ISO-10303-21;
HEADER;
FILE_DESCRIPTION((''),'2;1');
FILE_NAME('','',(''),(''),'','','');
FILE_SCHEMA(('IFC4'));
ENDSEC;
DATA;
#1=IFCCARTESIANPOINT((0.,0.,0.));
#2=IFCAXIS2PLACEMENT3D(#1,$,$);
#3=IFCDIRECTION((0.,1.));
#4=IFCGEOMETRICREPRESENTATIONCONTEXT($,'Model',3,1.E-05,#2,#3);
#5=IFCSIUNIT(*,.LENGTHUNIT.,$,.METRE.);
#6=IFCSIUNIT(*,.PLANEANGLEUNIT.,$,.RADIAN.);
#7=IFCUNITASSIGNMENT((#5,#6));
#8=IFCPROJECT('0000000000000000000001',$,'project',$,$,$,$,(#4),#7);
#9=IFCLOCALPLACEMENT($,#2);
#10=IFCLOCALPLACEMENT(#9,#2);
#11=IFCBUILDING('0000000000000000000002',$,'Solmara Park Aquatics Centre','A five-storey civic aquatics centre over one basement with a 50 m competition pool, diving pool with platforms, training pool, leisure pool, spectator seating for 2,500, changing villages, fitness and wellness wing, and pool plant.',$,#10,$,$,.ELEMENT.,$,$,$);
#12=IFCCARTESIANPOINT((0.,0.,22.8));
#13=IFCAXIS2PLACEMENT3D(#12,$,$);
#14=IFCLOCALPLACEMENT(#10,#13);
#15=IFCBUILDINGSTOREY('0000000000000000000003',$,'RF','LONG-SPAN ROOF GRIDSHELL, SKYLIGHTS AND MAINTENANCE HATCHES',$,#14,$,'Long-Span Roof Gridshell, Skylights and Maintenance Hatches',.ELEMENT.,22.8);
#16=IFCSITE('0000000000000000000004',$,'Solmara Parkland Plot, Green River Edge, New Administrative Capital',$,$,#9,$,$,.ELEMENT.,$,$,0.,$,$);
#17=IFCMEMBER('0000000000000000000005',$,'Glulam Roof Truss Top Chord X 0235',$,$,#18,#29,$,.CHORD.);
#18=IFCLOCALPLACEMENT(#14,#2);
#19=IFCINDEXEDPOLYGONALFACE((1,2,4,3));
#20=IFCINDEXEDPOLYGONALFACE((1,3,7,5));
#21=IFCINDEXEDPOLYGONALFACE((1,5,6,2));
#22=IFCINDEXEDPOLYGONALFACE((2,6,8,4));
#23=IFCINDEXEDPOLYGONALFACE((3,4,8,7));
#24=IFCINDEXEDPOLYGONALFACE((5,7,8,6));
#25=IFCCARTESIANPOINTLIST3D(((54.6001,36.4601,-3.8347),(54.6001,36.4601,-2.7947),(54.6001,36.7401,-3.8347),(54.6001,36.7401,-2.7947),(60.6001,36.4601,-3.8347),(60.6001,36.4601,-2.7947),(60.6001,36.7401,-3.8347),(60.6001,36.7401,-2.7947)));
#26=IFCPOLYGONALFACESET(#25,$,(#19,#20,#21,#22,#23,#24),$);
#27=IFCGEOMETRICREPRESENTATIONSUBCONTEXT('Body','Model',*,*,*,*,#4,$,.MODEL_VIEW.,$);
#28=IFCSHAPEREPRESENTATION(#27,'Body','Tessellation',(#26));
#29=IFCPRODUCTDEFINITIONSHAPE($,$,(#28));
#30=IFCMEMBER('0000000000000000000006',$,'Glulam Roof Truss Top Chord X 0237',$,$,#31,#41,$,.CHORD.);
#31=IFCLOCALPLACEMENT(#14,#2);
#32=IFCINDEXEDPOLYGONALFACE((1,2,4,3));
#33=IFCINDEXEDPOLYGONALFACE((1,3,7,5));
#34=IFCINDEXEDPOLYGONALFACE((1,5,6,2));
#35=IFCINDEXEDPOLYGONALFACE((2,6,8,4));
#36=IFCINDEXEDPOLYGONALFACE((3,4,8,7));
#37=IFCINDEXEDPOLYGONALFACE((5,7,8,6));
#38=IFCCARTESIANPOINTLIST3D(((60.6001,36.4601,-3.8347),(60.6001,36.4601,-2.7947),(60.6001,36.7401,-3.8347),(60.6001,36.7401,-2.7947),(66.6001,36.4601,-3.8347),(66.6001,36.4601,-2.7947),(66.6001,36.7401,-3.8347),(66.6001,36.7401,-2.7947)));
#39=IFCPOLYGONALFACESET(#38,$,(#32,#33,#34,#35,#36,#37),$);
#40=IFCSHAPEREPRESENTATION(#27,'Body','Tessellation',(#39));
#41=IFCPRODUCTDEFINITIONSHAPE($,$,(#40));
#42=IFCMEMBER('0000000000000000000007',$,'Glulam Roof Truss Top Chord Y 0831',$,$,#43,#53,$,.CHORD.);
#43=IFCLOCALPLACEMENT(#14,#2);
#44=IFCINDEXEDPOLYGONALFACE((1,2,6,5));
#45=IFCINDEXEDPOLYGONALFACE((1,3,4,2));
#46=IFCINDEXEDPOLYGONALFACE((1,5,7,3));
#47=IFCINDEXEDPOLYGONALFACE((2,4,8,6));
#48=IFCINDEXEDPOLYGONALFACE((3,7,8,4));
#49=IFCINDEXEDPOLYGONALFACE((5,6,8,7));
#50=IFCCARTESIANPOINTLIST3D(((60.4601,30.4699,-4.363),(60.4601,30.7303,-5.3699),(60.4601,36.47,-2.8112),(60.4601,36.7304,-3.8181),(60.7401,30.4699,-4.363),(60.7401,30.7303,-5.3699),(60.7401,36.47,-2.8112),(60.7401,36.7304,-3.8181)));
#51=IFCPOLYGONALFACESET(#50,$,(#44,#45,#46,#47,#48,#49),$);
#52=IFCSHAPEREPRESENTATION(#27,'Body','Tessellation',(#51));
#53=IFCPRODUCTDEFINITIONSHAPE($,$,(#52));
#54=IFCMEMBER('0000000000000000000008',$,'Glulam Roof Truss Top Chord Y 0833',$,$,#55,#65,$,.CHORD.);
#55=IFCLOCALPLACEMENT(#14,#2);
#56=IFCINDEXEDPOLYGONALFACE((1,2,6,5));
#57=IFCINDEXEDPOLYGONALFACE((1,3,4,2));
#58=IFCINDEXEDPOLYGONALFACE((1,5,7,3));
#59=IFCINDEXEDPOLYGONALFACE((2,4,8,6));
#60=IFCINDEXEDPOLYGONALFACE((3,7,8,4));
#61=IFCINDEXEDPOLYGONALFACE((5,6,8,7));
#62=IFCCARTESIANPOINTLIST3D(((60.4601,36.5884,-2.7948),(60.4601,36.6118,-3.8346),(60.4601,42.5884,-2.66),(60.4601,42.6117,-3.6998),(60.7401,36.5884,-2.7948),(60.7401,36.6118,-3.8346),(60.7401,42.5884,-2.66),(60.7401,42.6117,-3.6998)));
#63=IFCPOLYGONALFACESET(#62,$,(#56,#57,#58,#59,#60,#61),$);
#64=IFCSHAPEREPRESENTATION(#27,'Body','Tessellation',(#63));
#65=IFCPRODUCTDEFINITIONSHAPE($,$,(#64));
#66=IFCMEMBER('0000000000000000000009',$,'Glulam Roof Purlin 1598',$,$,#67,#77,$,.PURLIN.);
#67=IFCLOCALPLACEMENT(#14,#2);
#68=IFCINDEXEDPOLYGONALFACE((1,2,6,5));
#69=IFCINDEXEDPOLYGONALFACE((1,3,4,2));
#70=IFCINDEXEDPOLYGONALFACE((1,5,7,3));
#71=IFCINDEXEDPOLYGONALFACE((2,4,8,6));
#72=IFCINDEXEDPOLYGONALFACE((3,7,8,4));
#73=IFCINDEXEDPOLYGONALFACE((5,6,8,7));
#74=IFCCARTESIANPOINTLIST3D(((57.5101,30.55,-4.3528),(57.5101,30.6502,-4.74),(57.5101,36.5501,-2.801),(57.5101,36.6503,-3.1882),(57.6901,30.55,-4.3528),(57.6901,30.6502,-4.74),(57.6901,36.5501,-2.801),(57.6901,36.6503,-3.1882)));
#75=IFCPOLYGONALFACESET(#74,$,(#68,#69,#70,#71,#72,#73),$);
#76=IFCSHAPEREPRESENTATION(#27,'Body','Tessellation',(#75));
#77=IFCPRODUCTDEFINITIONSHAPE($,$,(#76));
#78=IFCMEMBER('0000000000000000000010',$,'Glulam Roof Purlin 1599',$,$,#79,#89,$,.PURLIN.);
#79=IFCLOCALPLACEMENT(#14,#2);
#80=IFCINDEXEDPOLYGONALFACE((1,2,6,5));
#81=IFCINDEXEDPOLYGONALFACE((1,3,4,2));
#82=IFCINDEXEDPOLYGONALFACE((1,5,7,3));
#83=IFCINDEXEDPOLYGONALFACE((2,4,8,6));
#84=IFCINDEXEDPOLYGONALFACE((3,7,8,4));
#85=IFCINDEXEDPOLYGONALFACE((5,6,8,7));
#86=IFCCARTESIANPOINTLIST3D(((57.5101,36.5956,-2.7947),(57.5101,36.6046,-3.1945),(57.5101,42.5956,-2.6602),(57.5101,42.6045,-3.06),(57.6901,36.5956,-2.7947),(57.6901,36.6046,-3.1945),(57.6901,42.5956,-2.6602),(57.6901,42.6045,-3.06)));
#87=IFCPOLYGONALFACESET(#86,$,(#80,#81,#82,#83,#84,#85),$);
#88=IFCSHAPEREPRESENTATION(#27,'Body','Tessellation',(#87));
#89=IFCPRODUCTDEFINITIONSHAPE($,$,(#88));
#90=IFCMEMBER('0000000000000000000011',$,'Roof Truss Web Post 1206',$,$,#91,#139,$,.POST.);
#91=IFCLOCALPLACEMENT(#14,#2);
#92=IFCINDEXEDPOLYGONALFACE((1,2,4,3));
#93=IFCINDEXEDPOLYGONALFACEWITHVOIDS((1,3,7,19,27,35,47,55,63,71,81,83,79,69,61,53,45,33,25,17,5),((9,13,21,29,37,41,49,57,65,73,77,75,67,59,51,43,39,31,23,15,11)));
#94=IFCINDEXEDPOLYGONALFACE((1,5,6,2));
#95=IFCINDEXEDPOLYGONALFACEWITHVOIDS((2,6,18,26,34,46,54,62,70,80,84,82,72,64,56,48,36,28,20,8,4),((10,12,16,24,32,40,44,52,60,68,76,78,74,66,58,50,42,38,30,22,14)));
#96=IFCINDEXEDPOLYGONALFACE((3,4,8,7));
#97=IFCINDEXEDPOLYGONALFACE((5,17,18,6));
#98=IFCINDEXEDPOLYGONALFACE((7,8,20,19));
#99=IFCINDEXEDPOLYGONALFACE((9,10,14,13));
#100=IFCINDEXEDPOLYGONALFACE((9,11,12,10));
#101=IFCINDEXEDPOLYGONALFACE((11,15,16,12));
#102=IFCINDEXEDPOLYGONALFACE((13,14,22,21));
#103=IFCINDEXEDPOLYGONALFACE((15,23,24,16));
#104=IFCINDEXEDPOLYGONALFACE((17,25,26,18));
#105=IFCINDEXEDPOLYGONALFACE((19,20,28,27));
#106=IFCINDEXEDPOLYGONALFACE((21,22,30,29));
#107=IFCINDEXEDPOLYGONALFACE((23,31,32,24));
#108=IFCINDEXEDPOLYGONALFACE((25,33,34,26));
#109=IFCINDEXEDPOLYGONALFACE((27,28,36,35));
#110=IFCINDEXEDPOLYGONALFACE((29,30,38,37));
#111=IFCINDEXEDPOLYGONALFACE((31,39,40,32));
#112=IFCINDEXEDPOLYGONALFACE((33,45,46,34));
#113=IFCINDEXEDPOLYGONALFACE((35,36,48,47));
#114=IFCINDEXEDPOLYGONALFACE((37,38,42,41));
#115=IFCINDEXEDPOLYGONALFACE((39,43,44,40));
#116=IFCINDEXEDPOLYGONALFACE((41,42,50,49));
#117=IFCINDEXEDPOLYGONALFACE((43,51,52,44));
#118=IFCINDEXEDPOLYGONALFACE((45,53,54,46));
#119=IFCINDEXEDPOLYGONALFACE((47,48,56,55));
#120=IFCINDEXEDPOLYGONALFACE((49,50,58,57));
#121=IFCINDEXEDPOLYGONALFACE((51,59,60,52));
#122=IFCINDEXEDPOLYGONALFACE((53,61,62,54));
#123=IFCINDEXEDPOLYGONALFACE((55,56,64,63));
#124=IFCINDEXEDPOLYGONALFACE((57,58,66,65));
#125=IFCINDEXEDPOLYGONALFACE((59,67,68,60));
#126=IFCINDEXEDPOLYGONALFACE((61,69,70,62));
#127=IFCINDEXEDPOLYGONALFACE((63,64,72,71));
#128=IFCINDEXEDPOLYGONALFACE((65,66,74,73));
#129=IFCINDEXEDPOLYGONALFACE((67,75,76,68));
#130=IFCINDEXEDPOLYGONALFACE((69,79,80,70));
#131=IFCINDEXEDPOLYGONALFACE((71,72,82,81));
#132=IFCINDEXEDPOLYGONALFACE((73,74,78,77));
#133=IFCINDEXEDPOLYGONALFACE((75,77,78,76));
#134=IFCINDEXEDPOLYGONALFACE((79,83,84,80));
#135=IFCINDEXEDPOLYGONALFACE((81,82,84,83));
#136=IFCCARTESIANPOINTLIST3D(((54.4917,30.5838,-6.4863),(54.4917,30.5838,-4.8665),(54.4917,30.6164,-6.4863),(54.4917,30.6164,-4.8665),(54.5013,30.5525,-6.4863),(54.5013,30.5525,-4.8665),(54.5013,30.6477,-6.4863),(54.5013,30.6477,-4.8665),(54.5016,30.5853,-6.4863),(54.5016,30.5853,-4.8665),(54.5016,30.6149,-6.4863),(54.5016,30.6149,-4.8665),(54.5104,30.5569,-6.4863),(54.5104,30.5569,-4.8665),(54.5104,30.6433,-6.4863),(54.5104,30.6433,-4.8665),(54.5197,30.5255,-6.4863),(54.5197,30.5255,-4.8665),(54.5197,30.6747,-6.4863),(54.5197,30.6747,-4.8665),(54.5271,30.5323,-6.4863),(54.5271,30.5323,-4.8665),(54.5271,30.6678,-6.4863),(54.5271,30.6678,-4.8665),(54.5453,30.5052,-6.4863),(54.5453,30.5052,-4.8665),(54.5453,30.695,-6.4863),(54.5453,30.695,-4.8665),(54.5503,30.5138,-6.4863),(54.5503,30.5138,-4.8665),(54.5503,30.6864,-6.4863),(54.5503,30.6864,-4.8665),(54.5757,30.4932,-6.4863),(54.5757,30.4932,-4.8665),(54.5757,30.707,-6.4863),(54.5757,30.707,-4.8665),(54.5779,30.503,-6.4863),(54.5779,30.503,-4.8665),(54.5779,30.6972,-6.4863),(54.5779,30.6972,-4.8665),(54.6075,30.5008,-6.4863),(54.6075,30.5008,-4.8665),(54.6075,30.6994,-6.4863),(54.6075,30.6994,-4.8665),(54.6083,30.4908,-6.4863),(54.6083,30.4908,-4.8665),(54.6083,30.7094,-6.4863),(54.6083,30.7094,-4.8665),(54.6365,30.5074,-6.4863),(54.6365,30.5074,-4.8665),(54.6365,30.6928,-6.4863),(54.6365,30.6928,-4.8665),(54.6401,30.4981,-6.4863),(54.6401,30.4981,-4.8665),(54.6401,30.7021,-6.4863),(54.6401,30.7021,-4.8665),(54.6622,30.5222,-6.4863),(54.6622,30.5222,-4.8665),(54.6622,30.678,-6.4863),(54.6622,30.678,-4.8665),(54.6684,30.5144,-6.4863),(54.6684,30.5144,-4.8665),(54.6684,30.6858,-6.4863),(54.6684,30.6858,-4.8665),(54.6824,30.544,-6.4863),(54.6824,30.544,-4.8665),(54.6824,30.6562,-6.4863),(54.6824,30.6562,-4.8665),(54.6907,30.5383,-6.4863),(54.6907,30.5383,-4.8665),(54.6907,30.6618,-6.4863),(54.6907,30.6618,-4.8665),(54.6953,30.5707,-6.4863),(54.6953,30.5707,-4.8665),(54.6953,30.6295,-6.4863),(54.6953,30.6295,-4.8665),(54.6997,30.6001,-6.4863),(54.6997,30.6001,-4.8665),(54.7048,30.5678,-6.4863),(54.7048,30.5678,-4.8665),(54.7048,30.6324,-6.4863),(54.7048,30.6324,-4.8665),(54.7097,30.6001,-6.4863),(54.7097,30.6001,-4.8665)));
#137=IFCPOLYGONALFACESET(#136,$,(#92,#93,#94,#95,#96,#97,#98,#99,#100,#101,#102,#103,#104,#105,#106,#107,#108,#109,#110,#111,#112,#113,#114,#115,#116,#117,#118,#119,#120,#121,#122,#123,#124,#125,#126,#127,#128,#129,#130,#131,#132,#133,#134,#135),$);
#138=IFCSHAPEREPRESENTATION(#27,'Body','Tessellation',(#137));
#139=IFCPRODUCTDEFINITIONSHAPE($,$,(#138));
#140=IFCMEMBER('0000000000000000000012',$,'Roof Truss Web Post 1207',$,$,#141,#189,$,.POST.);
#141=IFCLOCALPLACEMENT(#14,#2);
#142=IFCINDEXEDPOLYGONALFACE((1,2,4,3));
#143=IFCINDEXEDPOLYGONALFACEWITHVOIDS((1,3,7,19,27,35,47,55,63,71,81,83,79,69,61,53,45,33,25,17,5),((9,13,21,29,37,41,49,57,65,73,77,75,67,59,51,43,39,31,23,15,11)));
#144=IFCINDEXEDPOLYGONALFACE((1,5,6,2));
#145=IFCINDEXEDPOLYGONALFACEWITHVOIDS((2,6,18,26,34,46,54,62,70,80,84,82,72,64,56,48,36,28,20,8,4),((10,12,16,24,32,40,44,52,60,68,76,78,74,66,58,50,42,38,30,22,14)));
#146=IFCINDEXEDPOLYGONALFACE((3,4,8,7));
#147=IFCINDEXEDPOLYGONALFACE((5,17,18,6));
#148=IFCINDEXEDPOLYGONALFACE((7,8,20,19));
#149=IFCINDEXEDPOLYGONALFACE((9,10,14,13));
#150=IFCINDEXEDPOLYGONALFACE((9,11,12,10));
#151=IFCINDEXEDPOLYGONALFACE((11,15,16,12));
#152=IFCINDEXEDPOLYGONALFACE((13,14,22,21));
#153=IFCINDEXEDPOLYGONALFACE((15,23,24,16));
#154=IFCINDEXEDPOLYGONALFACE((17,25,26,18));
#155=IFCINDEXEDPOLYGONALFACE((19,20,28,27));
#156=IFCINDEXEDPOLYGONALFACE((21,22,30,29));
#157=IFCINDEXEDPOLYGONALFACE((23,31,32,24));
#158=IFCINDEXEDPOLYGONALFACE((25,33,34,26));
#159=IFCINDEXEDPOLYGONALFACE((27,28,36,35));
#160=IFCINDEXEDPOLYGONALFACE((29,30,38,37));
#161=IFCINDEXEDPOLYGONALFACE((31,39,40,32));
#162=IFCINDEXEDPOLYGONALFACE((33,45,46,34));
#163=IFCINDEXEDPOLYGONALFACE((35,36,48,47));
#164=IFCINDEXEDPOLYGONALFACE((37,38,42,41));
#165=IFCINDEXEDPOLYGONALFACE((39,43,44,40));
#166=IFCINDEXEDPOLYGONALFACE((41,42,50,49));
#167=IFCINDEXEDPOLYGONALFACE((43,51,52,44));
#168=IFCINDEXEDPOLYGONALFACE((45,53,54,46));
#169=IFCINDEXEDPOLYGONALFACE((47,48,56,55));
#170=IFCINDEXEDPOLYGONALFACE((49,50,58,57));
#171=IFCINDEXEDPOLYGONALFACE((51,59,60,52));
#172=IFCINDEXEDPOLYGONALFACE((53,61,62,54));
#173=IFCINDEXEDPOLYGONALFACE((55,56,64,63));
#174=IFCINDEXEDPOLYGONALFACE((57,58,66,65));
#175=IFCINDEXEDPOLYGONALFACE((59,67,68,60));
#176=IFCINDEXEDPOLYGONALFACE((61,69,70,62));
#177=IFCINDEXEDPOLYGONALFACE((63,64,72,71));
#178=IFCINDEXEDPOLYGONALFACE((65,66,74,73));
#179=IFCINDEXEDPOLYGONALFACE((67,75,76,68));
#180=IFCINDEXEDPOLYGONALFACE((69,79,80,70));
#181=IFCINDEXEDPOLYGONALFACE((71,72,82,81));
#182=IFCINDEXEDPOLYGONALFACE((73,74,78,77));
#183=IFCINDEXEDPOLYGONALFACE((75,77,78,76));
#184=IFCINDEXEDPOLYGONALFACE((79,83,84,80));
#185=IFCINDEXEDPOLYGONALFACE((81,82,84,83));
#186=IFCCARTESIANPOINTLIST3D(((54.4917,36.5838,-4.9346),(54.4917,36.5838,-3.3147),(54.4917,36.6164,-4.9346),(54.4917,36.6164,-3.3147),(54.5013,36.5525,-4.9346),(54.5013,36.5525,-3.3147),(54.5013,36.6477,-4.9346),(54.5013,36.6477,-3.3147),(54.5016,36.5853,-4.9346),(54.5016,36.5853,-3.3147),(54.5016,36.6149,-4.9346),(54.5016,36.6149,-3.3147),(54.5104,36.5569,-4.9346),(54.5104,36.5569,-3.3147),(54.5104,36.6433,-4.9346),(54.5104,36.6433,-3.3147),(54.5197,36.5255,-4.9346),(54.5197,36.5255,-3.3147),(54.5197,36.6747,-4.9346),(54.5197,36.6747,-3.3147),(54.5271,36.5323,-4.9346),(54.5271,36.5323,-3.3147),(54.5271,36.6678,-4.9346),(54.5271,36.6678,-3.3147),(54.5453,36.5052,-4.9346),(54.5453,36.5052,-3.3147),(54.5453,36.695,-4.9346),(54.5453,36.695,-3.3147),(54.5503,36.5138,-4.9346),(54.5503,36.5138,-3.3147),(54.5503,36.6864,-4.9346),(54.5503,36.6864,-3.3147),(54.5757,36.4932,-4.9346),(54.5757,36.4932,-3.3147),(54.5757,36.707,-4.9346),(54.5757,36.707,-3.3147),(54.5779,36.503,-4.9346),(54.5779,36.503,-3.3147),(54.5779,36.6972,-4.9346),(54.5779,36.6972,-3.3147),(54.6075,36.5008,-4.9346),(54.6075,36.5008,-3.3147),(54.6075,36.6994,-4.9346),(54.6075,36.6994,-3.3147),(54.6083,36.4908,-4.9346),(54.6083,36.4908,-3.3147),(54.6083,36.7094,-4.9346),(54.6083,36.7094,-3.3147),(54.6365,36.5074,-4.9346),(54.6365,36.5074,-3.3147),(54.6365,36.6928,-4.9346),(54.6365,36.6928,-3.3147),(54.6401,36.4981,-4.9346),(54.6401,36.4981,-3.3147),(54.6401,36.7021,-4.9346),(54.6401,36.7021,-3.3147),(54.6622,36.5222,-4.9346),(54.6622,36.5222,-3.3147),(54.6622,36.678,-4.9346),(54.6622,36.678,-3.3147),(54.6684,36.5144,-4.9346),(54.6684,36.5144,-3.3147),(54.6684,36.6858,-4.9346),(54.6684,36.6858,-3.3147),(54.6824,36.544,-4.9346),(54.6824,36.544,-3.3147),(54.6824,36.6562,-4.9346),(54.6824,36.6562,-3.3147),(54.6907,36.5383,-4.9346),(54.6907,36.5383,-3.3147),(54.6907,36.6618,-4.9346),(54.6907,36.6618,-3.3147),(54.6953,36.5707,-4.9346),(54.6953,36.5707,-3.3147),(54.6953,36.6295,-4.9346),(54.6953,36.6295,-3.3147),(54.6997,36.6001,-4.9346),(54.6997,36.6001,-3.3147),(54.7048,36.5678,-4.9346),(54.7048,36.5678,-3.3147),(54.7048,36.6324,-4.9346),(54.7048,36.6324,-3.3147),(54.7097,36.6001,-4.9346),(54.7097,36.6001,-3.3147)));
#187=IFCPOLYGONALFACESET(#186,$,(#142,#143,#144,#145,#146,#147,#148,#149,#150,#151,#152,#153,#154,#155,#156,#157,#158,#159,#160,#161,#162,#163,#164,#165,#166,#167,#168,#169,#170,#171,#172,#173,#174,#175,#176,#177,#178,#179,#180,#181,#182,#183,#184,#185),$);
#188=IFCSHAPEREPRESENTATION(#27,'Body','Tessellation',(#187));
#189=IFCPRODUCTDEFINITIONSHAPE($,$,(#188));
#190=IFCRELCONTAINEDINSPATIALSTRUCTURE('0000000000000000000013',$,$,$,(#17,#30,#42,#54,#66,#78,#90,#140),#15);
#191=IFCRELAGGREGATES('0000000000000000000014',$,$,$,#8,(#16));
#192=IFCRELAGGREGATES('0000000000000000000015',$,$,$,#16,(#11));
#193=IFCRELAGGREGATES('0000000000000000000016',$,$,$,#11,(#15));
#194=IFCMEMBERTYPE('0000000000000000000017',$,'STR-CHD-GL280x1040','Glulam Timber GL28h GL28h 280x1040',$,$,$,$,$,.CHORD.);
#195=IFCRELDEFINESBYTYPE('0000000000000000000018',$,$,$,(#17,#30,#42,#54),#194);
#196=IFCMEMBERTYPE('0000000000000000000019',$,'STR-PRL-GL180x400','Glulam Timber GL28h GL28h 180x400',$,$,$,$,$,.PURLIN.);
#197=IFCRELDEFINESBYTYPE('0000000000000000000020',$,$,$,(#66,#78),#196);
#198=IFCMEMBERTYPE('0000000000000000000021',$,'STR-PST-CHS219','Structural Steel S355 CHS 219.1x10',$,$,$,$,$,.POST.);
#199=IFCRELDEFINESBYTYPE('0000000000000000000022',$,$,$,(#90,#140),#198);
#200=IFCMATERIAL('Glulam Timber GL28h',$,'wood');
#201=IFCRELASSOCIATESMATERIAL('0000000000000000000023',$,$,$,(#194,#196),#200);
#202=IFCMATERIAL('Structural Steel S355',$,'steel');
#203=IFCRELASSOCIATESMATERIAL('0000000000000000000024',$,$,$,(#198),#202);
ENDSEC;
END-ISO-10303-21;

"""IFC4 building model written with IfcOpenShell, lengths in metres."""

from ifc_helpers import new_model, si_unit, direction, frame, origin, origin_2d, place, context, subcontext, project, spatial, rectangle, hollow_circle, extrude, material, material_profile, profile_set, type_object, element, save


model = new_model("IFC4")

# Units and contexts
model_context = context("Model", 3, precision=1e-05, world=origin(), true_north=direction((0.0, 1.0)))
body_context = subcontext(model_context, "Body", "Model", "MODEL_VIEW")
ifc_project = project(units=[si_unit("LENGTHUNIT", "METRE"), si_unit("PLANEANGLEUNIT", "RADIAN")], contexts=[model_context])

# Site, building, storey
site_placement = place(None, origin())
site = spatial("IfcSite", under=ifc_project, at=site_placement, Name="Solmara Parkland Plot, Green River Edge, New Administrative Capital", CompositionType="ELEMENT", RefElevation=0.0)
building_placement = place(site_placement, origin())
building = spatial("IfcBuilding", under=site, at=building_placement, Name="Solmara Park Aquatics Centre", Description="A five-storey civic aquatics centre over one basement with a 50 m competition pool, diving pool with platforms, training pool, leisure pool, spectator seating for 2,500, changing villages, fitness and wellness wing, and pool plant.", CompositionType="ELEMENT")
storey_placement = place(building_placement, frame((0.0, 0.0, 22.8)))
storey = spatial("IfcBuildingStorey", under=building, at=storey_placement, Name="RF", Description="LONG-SPAN ROOF GRIDSHELL, SKYLIGHTS AND MAINTENANCE HATCHES", LongName="Long-Span Roof Gridshell, Skylights and Maintenance Hatches", CompositionType="ELEMENT", Elevation=22.8)

# Members
ifc_material_1 = material(Name="Structural Steel S355", Category="steel")
ifc_material_2 = material(Name="Glulam Timber GL28h", Category="wood")
ifc_material_profile_1 = material_profile(ifc_material_2, rectangle(XDim=0.28, YDim=1.04, at=origin_2d()), Name="GL28h 280x1040")
ifc_profile_set_1 = profile_set([ifc_material_profile_1], Name="Glulam Timber GL28h")
member_type_1 = type_object("IfcMemberType", Name="STR-CHD-GL280x1040", Description="Glulam Timber GL28h GL28h 280x1040", PredefinedType="CHORD", material=ifc_profile_set_1)
for number, where, z_axis, x_axis, name in (
    (1, (54.6001, 36.6001, -3.3147), (1.0, 0.0, 0.0), (0.0, 1.0, 0.0), "Glulam Roof Truss Top Chord X 0235"),
    (2, (60.6001, 36.6001, -3.3147), (1.0, 0.0, 0.0), (0.0, 1.0, 0.0), "Glulam Roof Truss Top Chord X 0237"),
):
    element("IfcMember", number, at=place(storey_placement, frame(where, z_axis=z_axis, x_axis=x_axis)), inside=storey, type_object=member_type_1, Name=name, PredefinedType="CHORD", context=body_context, shape_type="SweptSolid", body=[
        extrude(rectangle(XDim=0.28, YDim=1.04, at=origin_2d()), origin(), (0.0, 0.0, 1.0), 6.0),
    ])
member_1_placement = place(storey_placement, frame((60.6001, 30.6001, -4.8665), z_axis=(0.0, 0.968146, 0.250388), x_axis=(-1.0, 0.0, 0.0)))
element("IfcMember", 3, at=member_1_placement, inside=storey, type_object=member_type_1, Name="Glulam Roof Truss Top Chord Y 0831", PredefinedType="CHORD", context=body_context, shape_type="SweptSolid", body=[
    extrude(rectangle(XDim=0.28, YDim=1.04, at=origin_2d()), origin(), (0.0, 0.0, 1.0), 6.1975),
])
member_2_placement = place(storey_placement, frame((60.6001, 36.6001, -3.3147), z_axis=(0.0, 0.999748, 0.022455), x_axis=(-1.0, 0.0, 0.0)))
element("IfcMember", 4, at=member_2_placement, inside=storey, type_object=member_type_1, Name="Glulam Roof Truss Top Chord Y 0833", PredefinedType="CHORD", context=body_context, shape_type="SweptSolid", body=[
    extrude(rectangle(XDim=0.28, YDim=1.04, at=origin_2d()), origin(), (0.0, 0.0, 1.0), 6.0015),
])
ifc_material_profile_2 = material_profile(ifc_material_2, rectangle(XDim=0.1799, YDim=0.3999, at=origin_2d()), Name="GL28h 180x400")
ifc_profile_set_2 = profile_set([ifc_material_profile_2], Name="Glulam Timber GL28h")
member_type_2 = type_object("IfcMemberType", Name="STR-PRL-GL180x400", Description="Glulam Timber GL28h GL28h 180x400", PredefinedType="PURLIN", material=ifc_profile_set_2)
member_3_placement = place(storey_placement, frame((57.6001, 30.6001, -4.5464), z_axis=(0.0, 0.968146, 0.250388), x_axis=(-1.0, 0.0, 0.0)))
element("IfcMember", 5, at=member_3_placement, inside=storey, type_object=member_type_2, Name="Glulam Roof Purlin 1598", PredefinedType="PURLIN", context=body_context, shape_type="SweptSolid", body=[
    extrude(rectangle(XDim=0.1799, YDim=0.3999, at=origin_2d()), origin(), (0.0, 0.0, 1.0), 6.1975),
])
member_4_placement = place(storey_placement, frame((57.6001, 36.6001, -2.9946), z_axis=(0.0, 0.999749, 0.022415), x_axis=(-1.0, 0.0, 0.0)))
element("IfcMember", 6, at=member_4_placement, inside=storey, type_object=member_type_2, Name="Glulam Roof Purlin 1599", PredefinedType="PURLIN", context=body_context, shape_type="SweptSolid", body=[
    extrude(rectangle(XDim=0.1799, YDim=0.3999, at=origin_2d()), origin(), (0.0, 0.0, 1.0), 6.0015),
])
ifc_material_profile_3 = material_profile(ifc_material_1, hollow_circle(Radius=0.1096, WallThickness=0.01, at=origin_2d()), Name="CHS 219.1x10")
ifc_profile_set_3 = profile_set([ifc_material_profile_3], Name="Structural Steel S355")
member_type_3 = type_object("IfcMemberType", Name="STR-PST-CHS219", Description="Structural Steel S355 CHS 219.1x10", PredefinedType="POST", material=ifc_profile_set_3)
for number, where, z_axis, x_axis, name in (
    (7, (54.6001, 30.6001, -6.4863), (0.0, 0.0, 1.0), (1.0, 0.0, 0.0), "Roof Truss Web Post 1206"),
    (8, (54.6001, 36.6001, -4.9346), (0.0, 0.0, 1.0), (1.0, 0.0, 0.0), "Roof Truss Web Post 1207"),
):
    element("IfcMember", number, at=place(storey_placement, frame(where, z_axis=z_axis, x_axis=x_axis)), inside=storey, type_object=member_type_3, Name=name, PredefinedType="POST", context=body_context, shape_type="SweptSolid", body=[
        extrude(hollow_circle(Radius=0.1096, WallThickness=0.01, at=origin_2d()), origin(), (0.0, 0.0, 1.0), 1.6199),
    ])

save(model, "model.ifc")
